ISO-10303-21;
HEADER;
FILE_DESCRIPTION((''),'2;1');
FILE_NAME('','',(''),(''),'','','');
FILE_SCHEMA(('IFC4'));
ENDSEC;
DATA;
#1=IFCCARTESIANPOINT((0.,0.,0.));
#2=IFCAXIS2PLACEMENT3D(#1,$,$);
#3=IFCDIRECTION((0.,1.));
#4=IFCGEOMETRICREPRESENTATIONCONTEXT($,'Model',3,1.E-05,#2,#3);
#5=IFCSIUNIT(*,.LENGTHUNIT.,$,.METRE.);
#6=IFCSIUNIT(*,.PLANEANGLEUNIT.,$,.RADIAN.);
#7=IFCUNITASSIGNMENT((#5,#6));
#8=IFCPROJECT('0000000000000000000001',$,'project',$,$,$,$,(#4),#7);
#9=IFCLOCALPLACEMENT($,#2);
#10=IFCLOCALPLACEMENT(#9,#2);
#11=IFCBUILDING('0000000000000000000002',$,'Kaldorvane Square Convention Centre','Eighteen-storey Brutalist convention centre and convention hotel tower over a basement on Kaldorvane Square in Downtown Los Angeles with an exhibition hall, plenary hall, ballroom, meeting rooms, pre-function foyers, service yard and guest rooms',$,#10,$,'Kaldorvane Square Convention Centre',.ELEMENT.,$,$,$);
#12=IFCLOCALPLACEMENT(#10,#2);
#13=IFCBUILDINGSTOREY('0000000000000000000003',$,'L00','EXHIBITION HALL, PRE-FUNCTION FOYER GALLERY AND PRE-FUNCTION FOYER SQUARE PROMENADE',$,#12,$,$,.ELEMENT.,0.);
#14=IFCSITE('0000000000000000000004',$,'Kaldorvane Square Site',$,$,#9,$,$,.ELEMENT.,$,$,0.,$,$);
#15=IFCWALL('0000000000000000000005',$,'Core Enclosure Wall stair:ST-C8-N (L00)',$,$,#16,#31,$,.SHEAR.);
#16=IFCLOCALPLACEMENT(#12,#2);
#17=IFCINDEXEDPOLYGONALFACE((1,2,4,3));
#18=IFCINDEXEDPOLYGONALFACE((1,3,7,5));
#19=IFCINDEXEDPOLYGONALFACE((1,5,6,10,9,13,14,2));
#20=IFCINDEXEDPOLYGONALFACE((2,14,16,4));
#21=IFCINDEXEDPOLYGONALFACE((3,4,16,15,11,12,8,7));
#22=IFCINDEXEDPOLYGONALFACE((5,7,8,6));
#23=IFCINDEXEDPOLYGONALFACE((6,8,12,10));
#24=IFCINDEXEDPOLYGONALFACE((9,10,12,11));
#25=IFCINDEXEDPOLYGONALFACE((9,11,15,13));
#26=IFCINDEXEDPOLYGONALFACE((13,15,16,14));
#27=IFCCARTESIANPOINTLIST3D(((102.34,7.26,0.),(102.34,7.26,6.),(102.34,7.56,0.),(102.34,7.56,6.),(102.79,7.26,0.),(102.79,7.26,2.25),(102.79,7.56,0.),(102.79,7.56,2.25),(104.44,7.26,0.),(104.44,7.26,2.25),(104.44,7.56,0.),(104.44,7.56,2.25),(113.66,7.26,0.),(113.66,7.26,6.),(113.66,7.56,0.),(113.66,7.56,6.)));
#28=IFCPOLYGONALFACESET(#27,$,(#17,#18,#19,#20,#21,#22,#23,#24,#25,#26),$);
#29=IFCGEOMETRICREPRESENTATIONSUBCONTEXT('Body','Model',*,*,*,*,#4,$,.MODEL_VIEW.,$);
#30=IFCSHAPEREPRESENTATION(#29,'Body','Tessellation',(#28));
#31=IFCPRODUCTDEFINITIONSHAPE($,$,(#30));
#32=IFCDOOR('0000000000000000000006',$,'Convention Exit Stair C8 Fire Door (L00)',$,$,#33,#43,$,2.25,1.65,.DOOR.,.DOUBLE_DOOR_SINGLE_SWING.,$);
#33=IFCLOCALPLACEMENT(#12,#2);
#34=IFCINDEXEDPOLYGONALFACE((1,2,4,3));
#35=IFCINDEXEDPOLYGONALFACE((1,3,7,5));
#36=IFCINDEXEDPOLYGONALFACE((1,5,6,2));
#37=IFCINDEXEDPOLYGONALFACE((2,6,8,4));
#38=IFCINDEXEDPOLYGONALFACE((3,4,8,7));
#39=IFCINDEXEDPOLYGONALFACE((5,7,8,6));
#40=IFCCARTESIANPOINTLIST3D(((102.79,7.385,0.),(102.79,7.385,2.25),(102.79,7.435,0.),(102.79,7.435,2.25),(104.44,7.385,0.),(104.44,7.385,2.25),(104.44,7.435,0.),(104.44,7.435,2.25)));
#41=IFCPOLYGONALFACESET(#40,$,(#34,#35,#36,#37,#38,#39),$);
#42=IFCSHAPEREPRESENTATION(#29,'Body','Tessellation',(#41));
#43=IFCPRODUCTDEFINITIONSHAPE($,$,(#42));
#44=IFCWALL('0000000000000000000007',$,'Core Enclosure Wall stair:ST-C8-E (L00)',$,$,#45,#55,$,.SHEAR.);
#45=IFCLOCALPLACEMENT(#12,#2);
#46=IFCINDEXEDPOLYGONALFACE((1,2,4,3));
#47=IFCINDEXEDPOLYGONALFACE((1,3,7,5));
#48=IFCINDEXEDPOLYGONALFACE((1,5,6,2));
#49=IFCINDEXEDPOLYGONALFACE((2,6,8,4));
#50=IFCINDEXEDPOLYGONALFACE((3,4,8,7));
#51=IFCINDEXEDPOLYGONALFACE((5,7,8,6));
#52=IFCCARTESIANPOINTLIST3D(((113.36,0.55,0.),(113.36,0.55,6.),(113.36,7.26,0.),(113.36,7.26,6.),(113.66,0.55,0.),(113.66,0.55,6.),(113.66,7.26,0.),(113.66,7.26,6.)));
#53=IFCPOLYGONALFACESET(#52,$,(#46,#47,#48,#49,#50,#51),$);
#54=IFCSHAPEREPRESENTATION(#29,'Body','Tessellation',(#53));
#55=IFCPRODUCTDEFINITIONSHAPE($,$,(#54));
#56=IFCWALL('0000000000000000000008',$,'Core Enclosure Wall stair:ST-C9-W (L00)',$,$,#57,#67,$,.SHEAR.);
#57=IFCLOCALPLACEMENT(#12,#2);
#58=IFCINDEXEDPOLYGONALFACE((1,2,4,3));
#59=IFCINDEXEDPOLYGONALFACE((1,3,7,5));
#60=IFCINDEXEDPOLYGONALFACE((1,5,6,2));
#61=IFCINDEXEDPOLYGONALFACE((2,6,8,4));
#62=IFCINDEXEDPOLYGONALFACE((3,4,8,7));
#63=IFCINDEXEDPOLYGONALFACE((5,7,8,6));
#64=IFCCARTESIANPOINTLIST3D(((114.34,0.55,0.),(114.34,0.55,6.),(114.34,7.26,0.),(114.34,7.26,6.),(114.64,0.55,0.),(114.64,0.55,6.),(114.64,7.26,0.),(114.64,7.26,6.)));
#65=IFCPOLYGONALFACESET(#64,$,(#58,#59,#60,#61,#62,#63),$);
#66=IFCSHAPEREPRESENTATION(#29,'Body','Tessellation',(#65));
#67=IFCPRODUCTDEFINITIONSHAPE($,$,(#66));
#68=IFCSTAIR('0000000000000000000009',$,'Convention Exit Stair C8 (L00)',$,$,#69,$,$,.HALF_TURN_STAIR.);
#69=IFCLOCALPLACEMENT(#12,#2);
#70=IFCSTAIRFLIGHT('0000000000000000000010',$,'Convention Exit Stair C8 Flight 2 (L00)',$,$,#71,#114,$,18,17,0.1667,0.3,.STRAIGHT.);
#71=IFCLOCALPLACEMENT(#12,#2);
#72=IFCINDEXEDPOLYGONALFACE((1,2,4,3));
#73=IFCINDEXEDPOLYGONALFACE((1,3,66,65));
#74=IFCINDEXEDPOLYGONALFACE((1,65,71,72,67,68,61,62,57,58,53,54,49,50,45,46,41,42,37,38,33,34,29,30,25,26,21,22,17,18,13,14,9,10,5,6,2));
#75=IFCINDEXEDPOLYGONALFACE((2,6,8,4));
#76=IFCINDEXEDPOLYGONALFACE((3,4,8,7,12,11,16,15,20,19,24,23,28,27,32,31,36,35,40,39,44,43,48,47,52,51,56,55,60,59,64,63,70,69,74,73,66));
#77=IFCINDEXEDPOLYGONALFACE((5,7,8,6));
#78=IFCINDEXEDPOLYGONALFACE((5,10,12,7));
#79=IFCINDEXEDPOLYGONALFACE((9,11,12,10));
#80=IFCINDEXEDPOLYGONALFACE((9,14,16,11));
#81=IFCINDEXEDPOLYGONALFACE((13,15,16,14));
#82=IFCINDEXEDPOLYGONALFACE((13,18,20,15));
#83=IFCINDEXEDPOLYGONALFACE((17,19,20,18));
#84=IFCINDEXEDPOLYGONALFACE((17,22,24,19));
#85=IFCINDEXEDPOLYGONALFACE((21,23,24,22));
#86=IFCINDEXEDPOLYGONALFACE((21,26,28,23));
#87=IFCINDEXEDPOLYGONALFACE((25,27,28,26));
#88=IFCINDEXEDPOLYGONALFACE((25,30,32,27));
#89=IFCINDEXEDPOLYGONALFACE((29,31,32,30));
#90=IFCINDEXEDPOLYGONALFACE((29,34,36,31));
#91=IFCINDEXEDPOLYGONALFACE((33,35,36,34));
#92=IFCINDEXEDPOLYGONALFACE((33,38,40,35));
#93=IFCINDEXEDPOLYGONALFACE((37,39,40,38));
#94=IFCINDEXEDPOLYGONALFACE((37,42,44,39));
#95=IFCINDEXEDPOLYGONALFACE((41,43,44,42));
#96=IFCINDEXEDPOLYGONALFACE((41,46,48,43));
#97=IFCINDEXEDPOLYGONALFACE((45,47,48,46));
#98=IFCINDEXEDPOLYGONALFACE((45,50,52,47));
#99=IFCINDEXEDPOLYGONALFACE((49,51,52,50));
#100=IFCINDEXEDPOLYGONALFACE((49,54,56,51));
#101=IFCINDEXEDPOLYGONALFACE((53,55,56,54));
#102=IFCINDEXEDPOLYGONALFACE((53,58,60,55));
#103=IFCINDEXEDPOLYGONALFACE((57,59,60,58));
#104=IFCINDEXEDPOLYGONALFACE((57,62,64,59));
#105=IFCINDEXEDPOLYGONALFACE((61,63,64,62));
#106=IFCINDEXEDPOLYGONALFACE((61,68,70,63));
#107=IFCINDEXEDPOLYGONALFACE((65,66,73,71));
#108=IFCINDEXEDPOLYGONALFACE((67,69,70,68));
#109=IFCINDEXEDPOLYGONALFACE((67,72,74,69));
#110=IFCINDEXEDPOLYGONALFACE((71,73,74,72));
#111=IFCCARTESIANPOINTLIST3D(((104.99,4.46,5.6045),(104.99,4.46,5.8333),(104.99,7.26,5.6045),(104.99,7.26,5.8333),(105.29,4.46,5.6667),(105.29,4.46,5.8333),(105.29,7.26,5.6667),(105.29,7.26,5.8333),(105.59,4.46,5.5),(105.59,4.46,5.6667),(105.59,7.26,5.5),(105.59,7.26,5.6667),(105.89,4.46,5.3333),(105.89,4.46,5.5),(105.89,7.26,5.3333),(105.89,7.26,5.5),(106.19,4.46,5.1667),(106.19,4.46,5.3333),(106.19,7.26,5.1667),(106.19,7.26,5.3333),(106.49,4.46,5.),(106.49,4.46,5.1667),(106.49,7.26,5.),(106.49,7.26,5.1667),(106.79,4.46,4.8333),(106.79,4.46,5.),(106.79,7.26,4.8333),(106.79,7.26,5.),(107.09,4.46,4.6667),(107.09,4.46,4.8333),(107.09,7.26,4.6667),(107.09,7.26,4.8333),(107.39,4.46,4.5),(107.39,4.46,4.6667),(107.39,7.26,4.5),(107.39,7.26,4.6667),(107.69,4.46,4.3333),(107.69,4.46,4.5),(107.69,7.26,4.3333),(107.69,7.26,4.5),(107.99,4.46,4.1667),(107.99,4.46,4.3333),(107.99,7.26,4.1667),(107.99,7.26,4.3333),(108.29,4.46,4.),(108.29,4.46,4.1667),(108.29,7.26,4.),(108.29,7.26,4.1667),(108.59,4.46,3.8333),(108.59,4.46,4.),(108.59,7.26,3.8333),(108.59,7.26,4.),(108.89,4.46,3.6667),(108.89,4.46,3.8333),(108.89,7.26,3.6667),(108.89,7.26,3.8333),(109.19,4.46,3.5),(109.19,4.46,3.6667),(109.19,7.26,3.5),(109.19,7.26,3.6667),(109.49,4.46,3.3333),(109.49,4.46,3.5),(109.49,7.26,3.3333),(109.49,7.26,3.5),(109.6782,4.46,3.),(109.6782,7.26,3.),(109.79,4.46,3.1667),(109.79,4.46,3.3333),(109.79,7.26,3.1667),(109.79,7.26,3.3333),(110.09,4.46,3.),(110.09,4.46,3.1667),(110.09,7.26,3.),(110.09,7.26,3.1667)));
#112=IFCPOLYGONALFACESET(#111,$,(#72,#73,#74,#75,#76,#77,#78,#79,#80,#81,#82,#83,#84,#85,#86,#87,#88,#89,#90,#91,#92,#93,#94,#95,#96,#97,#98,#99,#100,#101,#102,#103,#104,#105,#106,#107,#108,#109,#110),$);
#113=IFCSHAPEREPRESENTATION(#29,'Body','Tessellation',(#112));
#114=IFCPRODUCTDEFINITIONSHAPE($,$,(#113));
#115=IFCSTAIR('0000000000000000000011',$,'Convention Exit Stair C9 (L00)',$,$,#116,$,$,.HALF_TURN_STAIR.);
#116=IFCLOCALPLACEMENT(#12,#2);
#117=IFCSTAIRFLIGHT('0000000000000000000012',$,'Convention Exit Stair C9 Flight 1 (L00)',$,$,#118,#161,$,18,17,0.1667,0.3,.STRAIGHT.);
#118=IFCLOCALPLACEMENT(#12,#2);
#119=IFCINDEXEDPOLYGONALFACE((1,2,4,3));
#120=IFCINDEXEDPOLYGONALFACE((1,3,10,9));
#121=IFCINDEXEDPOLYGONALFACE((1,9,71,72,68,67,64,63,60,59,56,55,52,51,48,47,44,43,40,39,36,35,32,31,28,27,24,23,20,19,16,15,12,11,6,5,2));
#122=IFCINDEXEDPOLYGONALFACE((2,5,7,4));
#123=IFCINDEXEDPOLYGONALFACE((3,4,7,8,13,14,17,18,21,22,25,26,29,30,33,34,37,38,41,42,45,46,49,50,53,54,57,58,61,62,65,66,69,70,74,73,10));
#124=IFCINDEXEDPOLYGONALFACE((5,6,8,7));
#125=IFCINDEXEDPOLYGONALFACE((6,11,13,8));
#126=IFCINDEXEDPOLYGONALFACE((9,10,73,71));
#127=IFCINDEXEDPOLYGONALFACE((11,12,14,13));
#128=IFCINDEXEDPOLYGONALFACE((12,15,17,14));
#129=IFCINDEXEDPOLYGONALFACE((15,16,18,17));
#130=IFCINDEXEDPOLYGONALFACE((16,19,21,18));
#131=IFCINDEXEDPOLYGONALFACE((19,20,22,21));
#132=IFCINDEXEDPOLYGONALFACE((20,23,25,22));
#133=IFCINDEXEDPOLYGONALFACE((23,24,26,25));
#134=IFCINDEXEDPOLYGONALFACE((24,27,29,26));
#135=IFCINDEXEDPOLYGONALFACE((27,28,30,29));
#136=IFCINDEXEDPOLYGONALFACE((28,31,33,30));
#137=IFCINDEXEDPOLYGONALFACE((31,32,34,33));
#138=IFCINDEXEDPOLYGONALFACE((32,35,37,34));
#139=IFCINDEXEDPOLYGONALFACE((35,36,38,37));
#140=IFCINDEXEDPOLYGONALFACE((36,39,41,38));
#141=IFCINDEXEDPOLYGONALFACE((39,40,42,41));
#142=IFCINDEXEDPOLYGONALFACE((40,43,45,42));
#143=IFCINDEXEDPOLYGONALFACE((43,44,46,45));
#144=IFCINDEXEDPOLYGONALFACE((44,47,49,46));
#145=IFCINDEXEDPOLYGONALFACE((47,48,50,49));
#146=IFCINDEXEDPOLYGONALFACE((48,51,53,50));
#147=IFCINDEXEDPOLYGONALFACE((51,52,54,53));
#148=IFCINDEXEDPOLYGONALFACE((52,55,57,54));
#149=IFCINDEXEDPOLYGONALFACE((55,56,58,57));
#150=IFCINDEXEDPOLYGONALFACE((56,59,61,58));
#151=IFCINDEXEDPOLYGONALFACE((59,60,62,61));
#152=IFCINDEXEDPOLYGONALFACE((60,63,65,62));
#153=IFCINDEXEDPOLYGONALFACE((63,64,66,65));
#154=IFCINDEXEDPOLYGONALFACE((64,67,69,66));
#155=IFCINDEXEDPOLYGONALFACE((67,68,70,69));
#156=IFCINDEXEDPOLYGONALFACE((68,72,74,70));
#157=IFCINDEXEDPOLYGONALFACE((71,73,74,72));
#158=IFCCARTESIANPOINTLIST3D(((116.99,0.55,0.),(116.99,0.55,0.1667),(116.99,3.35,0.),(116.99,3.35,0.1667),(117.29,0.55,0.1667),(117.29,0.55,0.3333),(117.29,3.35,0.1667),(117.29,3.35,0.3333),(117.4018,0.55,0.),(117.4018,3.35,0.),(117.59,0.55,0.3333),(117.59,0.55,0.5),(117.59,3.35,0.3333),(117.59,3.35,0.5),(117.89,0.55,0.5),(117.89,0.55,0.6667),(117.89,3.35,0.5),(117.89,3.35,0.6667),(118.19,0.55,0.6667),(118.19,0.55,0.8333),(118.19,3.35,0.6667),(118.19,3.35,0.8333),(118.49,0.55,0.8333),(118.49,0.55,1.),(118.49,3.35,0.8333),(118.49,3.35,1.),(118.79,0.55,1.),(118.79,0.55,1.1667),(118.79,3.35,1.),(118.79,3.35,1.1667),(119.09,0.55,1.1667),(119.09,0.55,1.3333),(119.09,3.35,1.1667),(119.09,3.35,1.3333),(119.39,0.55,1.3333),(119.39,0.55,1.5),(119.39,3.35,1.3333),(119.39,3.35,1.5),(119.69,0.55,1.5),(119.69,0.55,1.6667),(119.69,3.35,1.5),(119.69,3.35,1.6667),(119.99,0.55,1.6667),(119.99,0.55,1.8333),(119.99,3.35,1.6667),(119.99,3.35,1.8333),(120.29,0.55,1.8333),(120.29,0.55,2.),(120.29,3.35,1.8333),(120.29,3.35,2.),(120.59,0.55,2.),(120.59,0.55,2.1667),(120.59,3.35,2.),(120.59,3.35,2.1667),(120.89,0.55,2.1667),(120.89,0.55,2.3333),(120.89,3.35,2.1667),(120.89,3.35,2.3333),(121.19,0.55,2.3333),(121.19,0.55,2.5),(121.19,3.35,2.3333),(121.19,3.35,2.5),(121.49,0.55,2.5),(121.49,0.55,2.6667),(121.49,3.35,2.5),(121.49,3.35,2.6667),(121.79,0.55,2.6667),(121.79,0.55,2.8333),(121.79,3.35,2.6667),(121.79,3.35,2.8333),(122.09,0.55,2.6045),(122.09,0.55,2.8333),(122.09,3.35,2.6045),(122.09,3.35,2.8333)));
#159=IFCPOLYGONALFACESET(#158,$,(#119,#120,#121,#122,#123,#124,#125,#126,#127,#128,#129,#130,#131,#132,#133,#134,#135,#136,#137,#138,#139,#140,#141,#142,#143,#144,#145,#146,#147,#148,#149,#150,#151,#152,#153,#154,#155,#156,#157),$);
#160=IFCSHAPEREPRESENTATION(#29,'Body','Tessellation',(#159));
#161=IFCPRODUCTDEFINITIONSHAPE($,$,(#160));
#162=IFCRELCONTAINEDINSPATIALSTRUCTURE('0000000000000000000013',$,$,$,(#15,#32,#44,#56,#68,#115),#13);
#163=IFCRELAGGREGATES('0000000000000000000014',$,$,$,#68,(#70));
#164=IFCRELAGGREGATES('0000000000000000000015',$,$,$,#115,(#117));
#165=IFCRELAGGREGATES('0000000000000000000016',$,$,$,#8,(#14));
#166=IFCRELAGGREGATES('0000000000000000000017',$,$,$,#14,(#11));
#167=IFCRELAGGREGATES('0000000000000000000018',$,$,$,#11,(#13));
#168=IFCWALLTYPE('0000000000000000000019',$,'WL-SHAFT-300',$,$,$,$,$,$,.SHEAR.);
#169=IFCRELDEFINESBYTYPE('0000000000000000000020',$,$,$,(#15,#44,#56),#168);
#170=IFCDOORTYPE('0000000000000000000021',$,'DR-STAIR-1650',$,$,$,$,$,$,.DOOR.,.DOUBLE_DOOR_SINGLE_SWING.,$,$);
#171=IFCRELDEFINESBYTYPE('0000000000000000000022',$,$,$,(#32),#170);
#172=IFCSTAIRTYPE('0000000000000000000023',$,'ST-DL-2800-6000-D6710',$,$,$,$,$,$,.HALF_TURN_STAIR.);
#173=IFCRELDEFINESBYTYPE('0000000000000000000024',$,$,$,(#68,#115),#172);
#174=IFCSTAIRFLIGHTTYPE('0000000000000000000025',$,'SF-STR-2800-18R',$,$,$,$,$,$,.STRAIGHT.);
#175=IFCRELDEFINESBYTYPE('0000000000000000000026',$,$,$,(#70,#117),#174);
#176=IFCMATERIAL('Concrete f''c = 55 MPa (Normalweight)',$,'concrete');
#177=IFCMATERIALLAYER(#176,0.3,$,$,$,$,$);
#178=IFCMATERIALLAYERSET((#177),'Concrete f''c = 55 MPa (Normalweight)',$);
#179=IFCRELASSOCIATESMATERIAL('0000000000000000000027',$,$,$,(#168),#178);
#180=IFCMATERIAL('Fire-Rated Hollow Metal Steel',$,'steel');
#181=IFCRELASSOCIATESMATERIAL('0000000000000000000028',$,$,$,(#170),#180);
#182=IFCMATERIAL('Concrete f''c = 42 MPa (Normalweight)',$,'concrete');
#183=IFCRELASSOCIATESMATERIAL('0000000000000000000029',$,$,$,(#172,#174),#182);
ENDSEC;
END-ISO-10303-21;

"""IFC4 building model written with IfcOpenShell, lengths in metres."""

from ifc_helpers import new_model, si_unit, direction, frame, frame_2d, origin, place, context, subcontext, project, spatial, polyline, rectangle, outline, extrude, material, layer, layer_set, type_object, element, fill, aggregate, save


model = new_model("IFC4")

# Units and contexts
model_context = context("Model", 3, precision=1e-05, world=origin(), true_north=direction((0.0, 1.0)))
body_context = subcontext(model_context, "Body", "Model", "MODEL_VIEW")
ifc_project = project(units=[si_unit("LENGTHUNIT", "METRE"), si_unit("PLANEANGLEUNIT", "RADIAN")], contexts=[model_context])

# Site, building, storey
site_placement = place(None, origin())
site = spatial("IfcSite", under=ifc_project, at=site_placement, Name="Kaldorvane Square Site", CompositionType="ELEMENT", RefElevation=0.0)
building_placement = place(site_placement, origin())
building = spatial("IfcBuilding", under=site, at=building_placement, Name="Kaldorvane Square Convention Centre", Description="Eighteen-storey Brutalist convention centre and convention hotel tower over a basement on Kaldorvane Square in Downtown Los Angeles with an exhibition hall, plenary hall, ballroom, meeting rooms, pre-function foyers, service yard and guest rooms", LongName="Kaldorvane Square Convention Centre", CompositionType="ELEMENT")
storey_placement = place(building_placement, origin())
storey = spatial("IfcBuildingStorey", under=building, at=storey_placement, Name="L00", Description="EXHIBITION HALL, PRE-FUNCTION FOYER GALLERY AND PRE-FUNCTION FOYER SQUARE PROMENADE", CompositionType="ELEMENT", Elevation=0.0)

# Shared definitions
ifc_material_1 = material(Name="Concrete f'c = 42 MPa (Normalweight)", Category="concrete")

# Wall, opening, door
ifc_material_2 = material(Name="Concrete f'c = 55 MPa (Normalweight)", Category="concrete")
ifc_layer_1 = layer(ifc_material_2, 0.3)
ifc_layer_set_1 = layer_set([ifc_layer_1], Name="Concrete f'c = 55 MPa (Normalweight)")
wall_type_1 = type_object("IfcWallType", Name="WL-SHAFT-300", PredefinedType="SHEAR", material=ifc_layer_set_1)
ifc_material_3 = material(Name="Fire-Rated Hollow Metal Steel", Category="steel")
door_type = type_object("IfcDoorType", Name="DR-STAIR-1650", OperationType="DOUBLE_DOOR_SINGLE_SWING", PredefinedType="DOOR", material=ifc_material_3)
wall_1_placement = place(storey_placement, frame((113.66, 7.41, 0.0), z_axis=(0.0, 0.0, 1.0), x_axis=(-1.0, 0.0, 0.0)))
wall_1 = element("IfcWall", 1, at=wall_1_placement, inside=storey, type_object=wall_type_1, Name="Core Enclosure Wall stair:ST-C8-N (L00)", PredefinedType="SHEAR", context=body_context, shape_type="SweptSolid", body=[
    extrude(rectangle(XDim=11.32, YDim=0.3, at=frame_2d((5.66, 0.0))), origin(), (0.0, 0.0, 1.0), 6.0),
])
opening_1_placement = place(wall_1_placement, frame((9.22, 0.0, 0.0)))
opening_1 = element("IfcOpeningElement", 2, at=opening_1_placement, cuts=wall_1, PredefinedType="OPENING", context=body_context, shape_type="SweptSolid", body=[
    extrude(rectangle(XDim=1.65, YDim=2.25, at=frame_2d((0.825, 1.125))), frame((0.0, 0.165, 0.0), z_axis=(0.0, -1.0, 0.0), x_axis=(1.0, 0.0, 0.0)), (0.0, 0.0, 1.0), 0.33),
])
door_1_placement = place(opening_1_placement, origin())
door_1 = element("IfcDoor", 3, at=door_1_placement, inside=storey, type_object=door_type, Name="Convention Exit Stair C8 Fire Door (L00)", OperationType="DOUBLE_DOOR_SINGLE_SWING", OverallHeight=2.25, OverallWidth=1.65, PredefinedType="DOOR", context=body_context, shape_type="SweptSolid", body=[
    extrude(rectangle(XDim=1.65, YDim=2.25, at=frame_2d((0.825, 1.125))), frame((0.0, 0.025, 0.0), z_axis=(0.0, -1.0, 0.0), x_axis=(1.0, 0.0, 0.0)), (0.0, 0.0, 1.0), 0.05),
])
fill(opening_1, door_1)

# Walls
for number, where, z_axis, x_axis, name in (
    (4, (113.51, 0.55, 0.0), (0.0, 0.0, 1.0), (0.0, 1.0, 0.0), "Core Enclosure Wall stair:ST-C8-E (L00)"),
    (5, (114.49, 7.26, 0.0), (0.0, 0.0, 1.0), (0.0, -1.0, 0.0), "Core Enclosure Wall stair:ST-C9-W (L00)"),
):
    element("IfcWall", number, at=place(storey_placement, frame(where, z_axis=z_axis, x_axis=x_axis)), inside=storey, type_object=wall_type_1, Name=name, PredefinedType="SHEAR", context=body_context, shape_type="SweptSolid", body=[
        extrude(rectangle(XDim=6.71, YDim=0.3, at=frame_2d((3.355, 0.0))), origin(), (0.0, 0.0, 1.0), 6.0),
    ])

# Stairs, stair flights
stair_type = type_object("IfcStairType", Name="ST-DL-2800-6000-D6710", PredefinedType="HALF_TURN_STAIR", material=ifc_material_1)
stair_1_placement = place(storey_placement, origin())
stair_1 = element("IfcStair", 6, at=stair_1_placement, inside=storey, type_object=stair_type, Name="Convention Exit Stair C8 (L00)", PredefinedType="HALF_TURN_STAIR")
stair_flight_type = type_object("IfcStairFlightType", Name="SF-STR-2800-18R", PredefinedType="STRAIGHT", material=ifc_material_1)
stair_flight_1_placement = place(storey_placement, frame((110.09, 5.86, 3.0), z_axis=(0.0, 0.0, 1.0), x_axis=(-1.0, 0.0, 0.0)))
stair_flight_1 = element("IfcStairFlight", 7, at=stair_flight_1_placement, type_object=stair_flight_type, Name="Convention Exit Stair C8 Flight 2 (L00)", NumberOfRisers=18, NumberOfTreads=17, PredefinedType="STRAIGHT", RiserHeight=0.1667, TreadLength=0.3, context=body_context, shape_type="SweptSolid", body=[
    extrude(outline(polyline([(0.0, 0.0), (0.0, 0.1667), (0.3, 0.1667), (0.3, 0.3333), (0.6, 0.3333), (0.6, 0.5), (0.9, 0.5), (0.9, 0.6667), (1.2, 0.6667), (1.2, 0.8333), (1.5, 0.8333), (1.5, 1.0), (1.8, 1.0), (1.8, 1.1667), (2.1, 1.1667), (2.1, 1.3333), (2.4, 1.3333), (2.4, 1.5), (2.7, 1.5), (2.7, 1.6667), (3.0, 1.6667), (3.0, 1.8333), (3.3, 1.8333), (3.3, 2.0), (3.6, 2.0), (3.6, 2.1667), (3.9, 2.1667), (3.9, 2.3333), (4.2, 2.3333), (4.2, 2.5), (4.5, 2.5), (4.5, 2.6667), (4.8, 2.6667), (4.8, 2.8333), (5.1, 2.8333), (5.1, 3.0), (5.1, 2.6045), (0.4118, 0.0), (0.0, 0.0)])), frame((0.0, 1.4, 0.0), z_axis=(0.0, -1.0, 0.0), x_axis=(1.0, 0.0, 0.0)), (0.0, 0.0, 1.0), 2.8),
])
aggregate(stair_1, [stair_flight_1])
stair_2_placement = place(storey_placement, origin())
stair_2 = element("IfcStair", 8, at=stair_2_placement, inside=storey, type_object=stair_type, Name="Convention Exit Stair C9 (L00)", PredefinedType="HALF_TURN_STAIR")
stair_flight_2_placement = place(storey_placement, frame((116.99, 1.95, 0.0), z_axis=(0.0, 0.0, 1.0), x_axis=(1.0, 0.0, 0.0)))
stair_flight_2 = element("IfcStairFlight", 9, at=stair_flight_2_placement, type_object=stair_flight_type, Name="Convention Exit Stair C9 Flight 1 (L00)", NumberOfRisers=18, NumberOfTreads=17, PredefinedType="STRAIGHT", RiserHeight=0.1667, TreadLength=0.3, context=body_context, shape_type="SweptSolid", body=[
    extrude(outline(polyline([(0.0, 0.0), (0.0, 0.1667), (0.3, 0.1667), (0.3, 0.3333), (0.6, 0.3333), (0.6, 0.5), (0.9, 0.5), (0.9, 0.6667), (1.2, 0.6667), (1.2, 0.8333), (1.5, 0.8333), (1.5, 1.0), (1.8, 1.0), (1.8, 1.1667), (2.1, 1.1667), (2.1, 1.3333), (2.4, 1.3333), (2.4, 1.5), (2.7, 1.5), (2.7, 1.6667), (3.0, 1.6667), (3.0, 1.8333), (3.3, 1.8333), (3.3, 2.0), (3.6, 2.0), (3.6, 2.1667), (3.9, 2.1667), (3.9, 2.3333), (4.2, 2.3333), (4.2, 2.5), (4.5, 2.5), (4.5, 2.6667), (4.8, 2.6667), (4.8, 2.8333), (5.1, 2.8333), (5.1, 3.0), (5.1, 2.6045), (0.4118, 0.0), (0.0, 0.0)])), frame((0.0, 1.4, 0.0), z_axis=(0.0, -1.0, 0.0), x_axis=(1.0, 0.0, 0.0)), (0.0, 0.0, 1.0), 2.8),
])
aggregate(stair_2, [stair_flight_2])

save(model, "model.ifc")
